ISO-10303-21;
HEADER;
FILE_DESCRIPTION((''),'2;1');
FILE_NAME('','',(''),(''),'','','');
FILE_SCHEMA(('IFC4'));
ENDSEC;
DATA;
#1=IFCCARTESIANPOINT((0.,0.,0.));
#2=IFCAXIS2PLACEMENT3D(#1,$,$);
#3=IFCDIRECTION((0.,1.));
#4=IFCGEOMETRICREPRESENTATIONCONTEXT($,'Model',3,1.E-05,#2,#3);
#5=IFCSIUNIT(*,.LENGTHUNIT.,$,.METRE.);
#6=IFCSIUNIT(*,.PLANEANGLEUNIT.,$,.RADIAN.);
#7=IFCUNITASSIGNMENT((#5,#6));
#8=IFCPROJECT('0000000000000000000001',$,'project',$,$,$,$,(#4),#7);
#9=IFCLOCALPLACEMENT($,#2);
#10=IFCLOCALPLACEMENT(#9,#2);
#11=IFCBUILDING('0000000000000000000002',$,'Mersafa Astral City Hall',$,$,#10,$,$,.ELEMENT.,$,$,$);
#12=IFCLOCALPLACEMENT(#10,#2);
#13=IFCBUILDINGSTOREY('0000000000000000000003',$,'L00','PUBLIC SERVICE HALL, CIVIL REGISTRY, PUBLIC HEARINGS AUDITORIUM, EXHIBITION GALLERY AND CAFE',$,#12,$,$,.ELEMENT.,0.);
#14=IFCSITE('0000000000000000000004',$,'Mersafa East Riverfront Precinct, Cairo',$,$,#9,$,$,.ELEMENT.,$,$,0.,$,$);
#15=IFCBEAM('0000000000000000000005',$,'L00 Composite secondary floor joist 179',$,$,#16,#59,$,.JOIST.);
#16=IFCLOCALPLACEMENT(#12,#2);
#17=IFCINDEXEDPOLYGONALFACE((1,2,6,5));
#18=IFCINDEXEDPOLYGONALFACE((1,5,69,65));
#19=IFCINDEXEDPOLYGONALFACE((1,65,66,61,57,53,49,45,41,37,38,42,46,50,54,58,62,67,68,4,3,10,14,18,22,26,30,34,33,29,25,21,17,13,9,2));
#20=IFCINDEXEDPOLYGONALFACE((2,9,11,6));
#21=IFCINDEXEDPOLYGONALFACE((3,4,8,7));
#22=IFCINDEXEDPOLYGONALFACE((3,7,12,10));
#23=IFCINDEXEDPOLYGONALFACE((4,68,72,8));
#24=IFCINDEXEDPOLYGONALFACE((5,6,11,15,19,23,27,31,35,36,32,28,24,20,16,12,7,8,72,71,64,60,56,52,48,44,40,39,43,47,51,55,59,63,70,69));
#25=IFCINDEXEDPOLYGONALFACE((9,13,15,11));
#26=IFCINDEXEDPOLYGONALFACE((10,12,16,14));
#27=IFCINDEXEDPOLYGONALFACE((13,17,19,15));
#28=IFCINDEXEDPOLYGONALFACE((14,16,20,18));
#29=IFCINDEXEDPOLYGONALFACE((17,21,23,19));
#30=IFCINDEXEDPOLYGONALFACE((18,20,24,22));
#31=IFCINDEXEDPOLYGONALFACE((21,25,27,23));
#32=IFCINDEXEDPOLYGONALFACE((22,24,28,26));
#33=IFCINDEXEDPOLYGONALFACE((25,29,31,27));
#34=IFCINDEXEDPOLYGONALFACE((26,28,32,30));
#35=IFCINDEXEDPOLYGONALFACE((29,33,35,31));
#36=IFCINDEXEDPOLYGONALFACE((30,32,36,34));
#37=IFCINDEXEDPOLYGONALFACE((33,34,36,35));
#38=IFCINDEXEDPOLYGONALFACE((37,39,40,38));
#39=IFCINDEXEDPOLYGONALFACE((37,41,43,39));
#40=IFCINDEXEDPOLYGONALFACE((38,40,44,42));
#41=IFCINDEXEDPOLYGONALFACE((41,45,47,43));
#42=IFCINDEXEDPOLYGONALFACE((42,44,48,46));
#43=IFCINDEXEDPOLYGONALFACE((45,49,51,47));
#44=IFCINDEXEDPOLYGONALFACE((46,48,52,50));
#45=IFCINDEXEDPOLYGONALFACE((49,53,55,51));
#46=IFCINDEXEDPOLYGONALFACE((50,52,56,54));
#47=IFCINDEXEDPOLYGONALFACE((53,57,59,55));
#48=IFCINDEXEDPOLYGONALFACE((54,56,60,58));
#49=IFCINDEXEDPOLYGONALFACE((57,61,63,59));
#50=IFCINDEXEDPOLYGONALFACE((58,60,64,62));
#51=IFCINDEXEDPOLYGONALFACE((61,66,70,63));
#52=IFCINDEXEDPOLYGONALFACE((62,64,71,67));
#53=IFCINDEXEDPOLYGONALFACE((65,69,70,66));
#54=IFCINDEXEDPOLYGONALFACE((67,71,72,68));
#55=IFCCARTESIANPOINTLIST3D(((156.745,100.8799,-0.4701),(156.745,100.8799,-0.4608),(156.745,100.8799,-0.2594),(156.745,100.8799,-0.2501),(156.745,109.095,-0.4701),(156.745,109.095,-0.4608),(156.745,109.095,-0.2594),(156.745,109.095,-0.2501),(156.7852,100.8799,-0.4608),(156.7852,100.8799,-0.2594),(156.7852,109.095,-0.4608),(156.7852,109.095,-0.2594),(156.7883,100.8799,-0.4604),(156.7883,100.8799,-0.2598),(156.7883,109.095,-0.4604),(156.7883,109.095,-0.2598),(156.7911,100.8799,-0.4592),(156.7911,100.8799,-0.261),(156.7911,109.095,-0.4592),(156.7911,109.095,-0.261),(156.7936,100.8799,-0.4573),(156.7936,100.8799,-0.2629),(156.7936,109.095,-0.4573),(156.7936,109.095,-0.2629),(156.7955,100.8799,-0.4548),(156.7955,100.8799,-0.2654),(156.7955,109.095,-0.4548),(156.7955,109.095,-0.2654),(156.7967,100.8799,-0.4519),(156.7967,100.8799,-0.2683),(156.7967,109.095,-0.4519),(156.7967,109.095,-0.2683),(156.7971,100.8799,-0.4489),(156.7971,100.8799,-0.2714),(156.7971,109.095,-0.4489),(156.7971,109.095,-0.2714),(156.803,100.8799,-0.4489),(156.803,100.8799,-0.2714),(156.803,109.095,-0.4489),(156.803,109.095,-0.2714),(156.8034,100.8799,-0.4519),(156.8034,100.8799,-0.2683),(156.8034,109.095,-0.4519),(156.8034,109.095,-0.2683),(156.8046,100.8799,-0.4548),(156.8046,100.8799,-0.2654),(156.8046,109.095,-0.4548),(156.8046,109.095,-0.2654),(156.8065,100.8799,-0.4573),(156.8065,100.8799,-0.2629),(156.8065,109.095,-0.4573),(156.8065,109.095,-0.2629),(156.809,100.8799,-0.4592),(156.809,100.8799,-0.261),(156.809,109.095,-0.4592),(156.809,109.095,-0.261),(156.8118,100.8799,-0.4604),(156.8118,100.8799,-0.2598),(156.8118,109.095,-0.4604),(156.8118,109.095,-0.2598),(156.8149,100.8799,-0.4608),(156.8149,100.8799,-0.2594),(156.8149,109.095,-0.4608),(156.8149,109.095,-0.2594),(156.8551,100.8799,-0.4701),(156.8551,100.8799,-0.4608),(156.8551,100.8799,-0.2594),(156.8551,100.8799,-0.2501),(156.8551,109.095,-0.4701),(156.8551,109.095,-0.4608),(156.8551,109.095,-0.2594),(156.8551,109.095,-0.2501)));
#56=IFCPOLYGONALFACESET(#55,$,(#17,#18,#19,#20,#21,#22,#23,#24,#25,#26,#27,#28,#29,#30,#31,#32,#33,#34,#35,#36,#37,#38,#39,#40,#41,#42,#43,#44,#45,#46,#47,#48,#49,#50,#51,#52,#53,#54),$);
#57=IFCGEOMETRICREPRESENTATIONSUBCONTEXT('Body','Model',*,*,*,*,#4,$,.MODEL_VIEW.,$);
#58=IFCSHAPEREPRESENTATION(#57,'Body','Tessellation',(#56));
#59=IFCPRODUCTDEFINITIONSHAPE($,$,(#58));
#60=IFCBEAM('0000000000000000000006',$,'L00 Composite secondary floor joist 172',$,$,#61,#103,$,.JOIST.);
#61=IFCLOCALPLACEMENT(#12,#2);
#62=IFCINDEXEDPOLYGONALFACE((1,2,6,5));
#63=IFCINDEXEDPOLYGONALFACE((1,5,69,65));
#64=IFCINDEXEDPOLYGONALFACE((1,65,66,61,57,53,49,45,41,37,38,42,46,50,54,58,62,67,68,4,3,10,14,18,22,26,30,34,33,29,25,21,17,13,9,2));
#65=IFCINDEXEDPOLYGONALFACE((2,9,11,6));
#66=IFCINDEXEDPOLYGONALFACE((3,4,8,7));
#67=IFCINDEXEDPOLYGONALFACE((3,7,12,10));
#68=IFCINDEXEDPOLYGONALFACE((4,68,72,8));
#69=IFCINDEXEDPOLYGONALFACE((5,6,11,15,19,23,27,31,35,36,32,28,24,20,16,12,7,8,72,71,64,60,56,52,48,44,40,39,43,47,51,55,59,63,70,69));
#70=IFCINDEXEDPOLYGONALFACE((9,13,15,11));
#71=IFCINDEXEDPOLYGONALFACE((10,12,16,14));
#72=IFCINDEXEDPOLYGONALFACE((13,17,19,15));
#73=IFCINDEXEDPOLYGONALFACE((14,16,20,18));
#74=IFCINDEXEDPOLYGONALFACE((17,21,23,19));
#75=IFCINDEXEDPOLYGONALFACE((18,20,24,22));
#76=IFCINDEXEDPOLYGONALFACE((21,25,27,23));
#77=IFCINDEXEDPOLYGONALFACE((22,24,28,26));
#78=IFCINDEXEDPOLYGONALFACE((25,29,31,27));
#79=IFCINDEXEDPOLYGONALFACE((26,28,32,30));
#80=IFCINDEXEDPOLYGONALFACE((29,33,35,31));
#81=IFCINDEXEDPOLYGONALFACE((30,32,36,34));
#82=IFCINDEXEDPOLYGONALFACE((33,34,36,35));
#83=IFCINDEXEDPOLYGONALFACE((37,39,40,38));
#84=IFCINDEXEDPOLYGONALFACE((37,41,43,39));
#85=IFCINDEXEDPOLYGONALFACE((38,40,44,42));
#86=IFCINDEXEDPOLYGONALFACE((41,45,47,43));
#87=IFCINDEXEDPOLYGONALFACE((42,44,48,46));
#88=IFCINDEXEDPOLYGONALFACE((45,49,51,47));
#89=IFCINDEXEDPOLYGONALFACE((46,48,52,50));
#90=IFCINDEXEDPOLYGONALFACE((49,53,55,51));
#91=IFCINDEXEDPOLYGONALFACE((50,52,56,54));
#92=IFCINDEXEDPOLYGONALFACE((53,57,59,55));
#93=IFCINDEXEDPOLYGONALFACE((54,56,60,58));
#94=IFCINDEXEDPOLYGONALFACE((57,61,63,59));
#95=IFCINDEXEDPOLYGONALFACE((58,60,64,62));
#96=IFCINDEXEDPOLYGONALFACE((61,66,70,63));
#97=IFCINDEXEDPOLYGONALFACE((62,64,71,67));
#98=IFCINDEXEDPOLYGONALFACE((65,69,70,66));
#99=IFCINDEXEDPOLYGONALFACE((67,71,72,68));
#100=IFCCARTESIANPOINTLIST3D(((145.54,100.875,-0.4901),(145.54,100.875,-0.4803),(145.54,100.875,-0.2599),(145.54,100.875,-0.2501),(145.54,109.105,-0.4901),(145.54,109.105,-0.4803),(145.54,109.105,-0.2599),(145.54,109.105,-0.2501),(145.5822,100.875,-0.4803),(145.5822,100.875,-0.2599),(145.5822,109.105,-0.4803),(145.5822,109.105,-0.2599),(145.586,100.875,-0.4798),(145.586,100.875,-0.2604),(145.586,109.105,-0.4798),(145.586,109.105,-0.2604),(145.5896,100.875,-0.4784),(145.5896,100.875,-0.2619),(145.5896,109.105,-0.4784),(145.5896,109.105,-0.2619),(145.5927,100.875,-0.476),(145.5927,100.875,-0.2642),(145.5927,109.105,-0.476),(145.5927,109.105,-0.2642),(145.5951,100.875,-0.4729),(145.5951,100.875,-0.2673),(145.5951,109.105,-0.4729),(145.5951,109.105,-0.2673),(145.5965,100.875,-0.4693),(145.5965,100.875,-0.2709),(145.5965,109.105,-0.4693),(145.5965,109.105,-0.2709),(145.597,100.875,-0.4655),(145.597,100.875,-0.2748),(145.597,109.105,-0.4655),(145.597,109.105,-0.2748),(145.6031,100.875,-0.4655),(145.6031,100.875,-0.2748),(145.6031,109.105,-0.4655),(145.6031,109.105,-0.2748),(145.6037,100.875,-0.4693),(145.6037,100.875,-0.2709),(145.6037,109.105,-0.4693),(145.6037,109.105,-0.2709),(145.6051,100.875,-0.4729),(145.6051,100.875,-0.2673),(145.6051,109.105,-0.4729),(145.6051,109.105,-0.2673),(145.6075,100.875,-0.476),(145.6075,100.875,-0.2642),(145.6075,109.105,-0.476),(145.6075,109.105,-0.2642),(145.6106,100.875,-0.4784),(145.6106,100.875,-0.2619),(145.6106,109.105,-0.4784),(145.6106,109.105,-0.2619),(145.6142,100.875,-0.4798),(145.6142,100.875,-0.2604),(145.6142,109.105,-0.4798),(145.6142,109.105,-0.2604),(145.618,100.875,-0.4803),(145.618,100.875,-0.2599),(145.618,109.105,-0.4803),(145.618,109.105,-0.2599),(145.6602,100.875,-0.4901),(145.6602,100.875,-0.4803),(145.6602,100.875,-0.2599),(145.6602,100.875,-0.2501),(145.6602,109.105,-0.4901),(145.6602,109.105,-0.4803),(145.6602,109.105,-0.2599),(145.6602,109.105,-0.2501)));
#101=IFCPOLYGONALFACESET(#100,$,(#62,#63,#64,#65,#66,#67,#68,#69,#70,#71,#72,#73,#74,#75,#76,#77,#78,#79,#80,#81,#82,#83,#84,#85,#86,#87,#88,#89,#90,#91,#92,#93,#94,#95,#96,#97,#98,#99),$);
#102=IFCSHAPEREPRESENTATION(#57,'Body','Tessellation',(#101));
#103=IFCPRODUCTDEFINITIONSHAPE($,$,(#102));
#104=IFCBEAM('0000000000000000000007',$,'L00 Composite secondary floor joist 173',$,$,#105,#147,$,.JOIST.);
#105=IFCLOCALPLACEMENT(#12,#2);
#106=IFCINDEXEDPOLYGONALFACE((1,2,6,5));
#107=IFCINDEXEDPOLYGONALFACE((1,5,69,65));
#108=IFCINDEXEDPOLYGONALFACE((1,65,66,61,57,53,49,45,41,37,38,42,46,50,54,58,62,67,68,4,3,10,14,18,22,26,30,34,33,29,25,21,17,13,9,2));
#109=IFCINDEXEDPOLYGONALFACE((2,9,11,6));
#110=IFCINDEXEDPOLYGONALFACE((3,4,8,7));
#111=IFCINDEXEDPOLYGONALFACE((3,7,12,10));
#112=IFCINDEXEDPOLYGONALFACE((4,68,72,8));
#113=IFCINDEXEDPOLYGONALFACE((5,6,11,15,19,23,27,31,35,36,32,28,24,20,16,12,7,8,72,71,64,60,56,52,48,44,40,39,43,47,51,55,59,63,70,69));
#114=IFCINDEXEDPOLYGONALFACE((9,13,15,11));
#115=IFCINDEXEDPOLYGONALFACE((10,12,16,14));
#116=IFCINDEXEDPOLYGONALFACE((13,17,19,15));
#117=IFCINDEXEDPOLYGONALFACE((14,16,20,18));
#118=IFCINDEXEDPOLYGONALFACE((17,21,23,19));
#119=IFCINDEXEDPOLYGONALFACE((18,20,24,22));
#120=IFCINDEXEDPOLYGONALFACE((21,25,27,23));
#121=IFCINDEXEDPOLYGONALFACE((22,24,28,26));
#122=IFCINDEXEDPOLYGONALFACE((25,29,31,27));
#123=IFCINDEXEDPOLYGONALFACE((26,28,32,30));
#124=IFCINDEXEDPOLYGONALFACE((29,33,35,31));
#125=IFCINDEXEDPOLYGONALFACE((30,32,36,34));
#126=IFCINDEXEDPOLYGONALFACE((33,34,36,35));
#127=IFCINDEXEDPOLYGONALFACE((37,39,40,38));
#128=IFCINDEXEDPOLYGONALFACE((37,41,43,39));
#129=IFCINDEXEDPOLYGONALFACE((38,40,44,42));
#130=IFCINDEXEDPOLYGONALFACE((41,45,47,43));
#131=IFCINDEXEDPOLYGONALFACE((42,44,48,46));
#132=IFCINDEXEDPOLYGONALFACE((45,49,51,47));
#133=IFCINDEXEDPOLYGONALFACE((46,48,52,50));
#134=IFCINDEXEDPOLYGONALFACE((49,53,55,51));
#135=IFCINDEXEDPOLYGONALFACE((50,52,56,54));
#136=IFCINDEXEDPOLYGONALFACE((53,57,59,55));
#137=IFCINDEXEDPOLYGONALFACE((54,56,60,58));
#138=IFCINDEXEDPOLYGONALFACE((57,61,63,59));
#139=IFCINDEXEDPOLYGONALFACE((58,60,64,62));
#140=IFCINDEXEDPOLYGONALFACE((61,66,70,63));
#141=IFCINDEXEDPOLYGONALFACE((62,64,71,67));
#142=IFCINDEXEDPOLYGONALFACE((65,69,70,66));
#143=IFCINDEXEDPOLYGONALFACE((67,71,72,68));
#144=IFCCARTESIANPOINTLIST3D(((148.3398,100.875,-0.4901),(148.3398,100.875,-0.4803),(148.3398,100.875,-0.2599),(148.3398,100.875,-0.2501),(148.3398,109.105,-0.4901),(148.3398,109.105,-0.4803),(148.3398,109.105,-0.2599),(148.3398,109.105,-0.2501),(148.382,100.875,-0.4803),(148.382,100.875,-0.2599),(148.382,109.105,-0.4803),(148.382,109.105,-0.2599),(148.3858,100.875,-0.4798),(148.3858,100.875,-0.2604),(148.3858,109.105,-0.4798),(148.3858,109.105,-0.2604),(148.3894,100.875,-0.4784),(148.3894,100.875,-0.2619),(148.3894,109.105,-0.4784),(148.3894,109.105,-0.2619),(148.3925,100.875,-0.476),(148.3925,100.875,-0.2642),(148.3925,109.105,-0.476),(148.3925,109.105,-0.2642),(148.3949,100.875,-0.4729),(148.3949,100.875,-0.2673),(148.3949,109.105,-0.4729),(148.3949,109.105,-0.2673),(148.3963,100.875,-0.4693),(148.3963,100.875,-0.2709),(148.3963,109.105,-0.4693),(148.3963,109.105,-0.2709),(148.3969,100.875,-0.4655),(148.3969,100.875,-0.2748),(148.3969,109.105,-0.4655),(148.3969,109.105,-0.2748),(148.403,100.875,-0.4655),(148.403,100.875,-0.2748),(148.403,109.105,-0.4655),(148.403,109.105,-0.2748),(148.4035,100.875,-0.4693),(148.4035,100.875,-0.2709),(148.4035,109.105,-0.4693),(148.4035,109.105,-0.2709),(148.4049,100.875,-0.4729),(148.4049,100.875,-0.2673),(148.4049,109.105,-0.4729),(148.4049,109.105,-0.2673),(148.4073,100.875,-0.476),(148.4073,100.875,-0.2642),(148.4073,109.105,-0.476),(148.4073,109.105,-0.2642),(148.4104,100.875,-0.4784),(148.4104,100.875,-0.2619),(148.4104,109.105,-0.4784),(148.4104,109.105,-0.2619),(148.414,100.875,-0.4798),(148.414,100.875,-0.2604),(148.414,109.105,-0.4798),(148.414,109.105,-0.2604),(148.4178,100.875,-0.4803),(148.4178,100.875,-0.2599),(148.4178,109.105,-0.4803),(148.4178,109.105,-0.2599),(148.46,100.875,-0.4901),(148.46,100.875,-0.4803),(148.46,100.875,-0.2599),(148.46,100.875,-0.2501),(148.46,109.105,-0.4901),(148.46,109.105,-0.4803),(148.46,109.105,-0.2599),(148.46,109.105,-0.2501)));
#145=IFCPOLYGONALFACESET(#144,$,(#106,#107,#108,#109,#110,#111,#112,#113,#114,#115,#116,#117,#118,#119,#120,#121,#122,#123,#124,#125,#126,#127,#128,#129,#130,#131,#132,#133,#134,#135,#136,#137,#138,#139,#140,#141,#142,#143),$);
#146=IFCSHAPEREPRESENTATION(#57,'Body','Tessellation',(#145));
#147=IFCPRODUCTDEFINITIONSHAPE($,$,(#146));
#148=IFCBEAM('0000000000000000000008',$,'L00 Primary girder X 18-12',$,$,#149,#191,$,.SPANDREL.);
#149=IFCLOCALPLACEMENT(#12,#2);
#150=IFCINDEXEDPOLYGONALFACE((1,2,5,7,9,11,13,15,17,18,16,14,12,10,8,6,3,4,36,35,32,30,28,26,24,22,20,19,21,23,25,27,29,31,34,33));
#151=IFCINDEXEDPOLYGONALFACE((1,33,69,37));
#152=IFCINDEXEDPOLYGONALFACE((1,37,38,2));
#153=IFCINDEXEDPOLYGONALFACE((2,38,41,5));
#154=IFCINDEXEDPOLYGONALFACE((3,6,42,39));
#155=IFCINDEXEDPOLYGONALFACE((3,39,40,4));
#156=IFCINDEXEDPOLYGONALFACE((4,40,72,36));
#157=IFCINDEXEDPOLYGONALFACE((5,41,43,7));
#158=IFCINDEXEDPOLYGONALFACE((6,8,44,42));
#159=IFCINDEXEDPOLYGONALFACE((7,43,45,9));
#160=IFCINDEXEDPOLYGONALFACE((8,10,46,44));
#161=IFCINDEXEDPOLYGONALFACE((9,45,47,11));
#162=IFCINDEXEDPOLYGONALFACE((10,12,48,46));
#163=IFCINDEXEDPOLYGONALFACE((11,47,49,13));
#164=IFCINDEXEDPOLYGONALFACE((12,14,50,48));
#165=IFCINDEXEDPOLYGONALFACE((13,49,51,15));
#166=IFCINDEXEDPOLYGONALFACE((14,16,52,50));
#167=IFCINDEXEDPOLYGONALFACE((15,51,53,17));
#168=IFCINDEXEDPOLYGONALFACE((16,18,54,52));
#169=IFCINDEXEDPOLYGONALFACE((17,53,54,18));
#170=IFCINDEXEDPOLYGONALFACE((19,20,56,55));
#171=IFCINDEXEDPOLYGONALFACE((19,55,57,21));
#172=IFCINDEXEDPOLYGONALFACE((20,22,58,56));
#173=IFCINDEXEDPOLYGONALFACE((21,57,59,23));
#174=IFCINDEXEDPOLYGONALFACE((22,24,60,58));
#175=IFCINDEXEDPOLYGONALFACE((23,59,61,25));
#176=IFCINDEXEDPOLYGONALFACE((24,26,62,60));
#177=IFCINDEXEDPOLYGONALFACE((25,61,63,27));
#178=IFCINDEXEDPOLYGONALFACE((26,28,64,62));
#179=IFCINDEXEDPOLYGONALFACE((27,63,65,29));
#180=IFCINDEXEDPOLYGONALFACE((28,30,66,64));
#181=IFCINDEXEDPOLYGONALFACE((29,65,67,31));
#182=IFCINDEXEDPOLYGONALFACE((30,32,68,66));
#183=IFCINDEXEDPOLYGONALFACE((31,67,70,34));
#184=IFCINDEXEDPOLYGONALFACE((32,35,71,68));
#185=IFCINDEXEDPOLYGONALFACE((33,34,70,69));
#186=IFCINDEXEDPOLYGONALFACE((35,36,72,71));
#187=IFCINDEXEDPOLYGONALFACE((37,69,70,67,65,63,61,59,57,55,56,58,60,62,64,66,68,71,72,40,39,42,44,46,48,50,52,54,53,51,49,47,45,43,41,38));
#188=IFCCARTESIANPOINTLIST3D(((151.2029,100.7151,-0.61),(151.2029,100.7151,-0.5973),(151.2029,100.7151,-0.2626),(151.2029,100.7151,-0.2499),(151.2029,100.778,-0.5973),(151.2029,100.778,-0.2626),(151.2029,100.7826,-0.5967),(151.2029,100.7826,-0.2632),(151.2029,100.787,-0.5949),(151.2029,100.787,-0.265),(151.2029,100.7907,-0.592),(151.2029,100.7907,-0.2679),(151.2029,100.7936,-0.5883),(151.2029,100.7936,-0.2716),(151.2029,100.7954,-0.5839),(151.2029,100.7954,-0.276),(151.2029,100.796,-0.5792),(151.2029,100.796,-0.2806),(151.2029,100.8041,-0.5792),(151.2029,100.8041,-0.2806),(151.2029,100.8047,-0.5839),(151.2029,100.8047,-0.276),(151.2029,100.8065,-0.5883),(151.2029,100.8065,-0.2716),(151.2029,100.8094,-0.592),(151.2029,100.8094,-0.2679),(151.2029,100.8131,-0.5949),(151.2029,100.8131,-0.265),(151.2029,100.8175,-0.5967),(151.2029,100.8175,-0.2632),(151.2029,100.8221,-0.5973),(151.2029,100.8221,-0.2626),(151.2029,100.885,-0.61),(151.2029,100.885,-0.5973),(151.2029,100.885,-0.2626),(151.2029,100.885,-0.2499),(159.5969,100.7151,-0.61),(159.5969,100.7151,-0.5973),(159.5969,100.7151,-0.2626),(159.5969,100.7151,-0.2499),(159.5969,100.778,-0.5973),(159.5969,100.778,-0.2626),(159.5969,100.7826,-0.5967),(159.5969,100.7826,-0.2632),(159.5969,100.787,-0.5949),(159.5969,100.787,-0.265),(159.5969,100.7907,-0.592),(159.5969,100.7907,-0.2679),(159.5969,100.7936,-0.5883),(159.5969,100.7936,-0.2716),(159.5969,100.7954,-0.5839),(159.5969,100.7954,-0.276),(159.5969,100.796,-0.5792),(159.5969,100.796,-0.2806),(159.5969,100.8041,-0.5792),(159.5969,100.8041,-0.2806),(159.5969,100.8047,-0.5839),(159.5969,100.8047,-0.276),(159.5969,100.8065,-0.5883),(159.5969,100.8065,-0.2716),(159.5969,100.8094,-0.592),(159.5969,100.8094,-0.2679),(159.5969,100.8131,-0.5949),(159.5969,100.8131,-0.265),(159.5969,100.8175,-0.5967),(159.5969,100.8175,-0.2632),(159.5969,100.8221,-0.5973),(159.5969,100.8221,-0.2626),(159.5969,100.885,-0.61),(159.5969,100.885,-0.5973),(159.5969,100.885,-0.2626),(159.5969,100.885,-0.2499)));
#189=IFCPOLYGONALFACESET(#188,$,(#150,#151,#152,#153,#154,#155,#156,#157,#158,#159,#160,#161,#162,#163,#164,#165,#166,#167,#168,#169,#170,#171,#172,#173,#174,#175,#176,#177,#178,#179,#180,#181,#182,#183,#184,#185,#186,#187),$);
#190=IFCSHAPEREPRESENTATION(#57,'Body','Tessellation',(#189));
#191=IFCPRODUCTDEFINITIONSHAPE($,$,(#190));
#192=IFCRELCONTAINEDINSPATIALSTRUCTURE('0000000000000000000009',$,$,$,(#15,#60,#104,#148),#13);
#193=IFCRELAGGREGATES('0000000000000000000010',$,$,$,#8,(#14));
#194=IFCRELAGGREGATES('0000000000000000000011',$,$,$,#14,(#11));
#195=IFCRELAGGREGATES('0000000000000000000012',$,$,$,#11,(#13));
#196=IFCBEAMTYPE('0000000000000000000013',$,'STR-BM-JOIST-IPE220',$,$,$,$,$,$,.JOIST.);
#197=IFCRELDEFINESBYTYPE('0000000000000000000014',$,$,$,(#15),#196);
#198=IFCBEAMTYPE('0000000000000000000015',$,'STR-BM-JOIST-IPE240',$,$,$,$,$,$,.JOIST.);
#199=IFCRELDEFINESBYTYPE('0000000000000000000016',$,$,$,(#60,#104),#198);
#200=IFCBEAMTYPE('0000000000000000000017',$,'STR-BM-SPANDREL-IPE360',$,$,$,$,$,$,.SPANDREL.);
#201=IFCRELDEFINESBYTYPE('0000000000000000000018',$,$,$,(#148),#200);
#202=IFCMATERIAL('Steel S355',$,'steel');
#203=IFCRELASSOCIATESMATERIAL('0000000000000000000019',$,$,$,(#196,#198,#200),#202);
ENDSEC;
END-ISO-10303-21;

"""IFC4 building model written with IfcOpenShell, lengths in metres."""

from ifc_helpers import new_model, si_unit, direction, frame, origin, origin_2d, place, context, subcontext, project, spatial, i_section, extrude, material, material_profile, profile_set, type_object, element, save


model = new_model("IFC4")

# Units and contexts
model_context = context("Model", 3, precision=1e-05, world=origin(), true_north=direction((0.0, 1.0)))
body_context = subcontext(model_context, "Body", "Model", "MODEL_VIEW")
ifc_project = project(units=[si_unit("LENGTHUNIT", "METRE"), si_unit("PLANEANGLEUNIT", "RADIAN")], contexts=[model_context])

# Site, building, storey
site_placement = place(None, origin())
site = spatial("IfcSite", under=ifc_project, at=site_placement, Name="Mersafa East Riverfront Precinct, Cairo", CompositionType="ELEMENT", RefElevation=0.0)
building_placement = place(site_placement, origin())
building = spatial("IfcBuilding", under=site, at=building_placement, Name="Mersafa Astral City Hall", CompositionType="ELEMENT")
storey_placement = place(building_placement, origin())
storey = spatial("IfcBuildingStorey", under=building, at=storey_placement, Name="L00", Description="PUBLIC SERVICE HALL, CIVIL REGISTRY, PUBLIC HEARINGS AUDITORIUM, EXHIBITION GALLERY AND CAFE", CompositionType="ELEMENT", Elevation=0.0)

# Shared definitions
ifc_material_1 = material(Name="Steel S355", Category="steel")

# Beams
ifc_material_profile_1 = material_profile(ifc_material_1, i_section(OverallWidth=0.1101, OverallDepth=0.22, WebThickness=0.0059, FlangeThickness=0.0093, FilletRadius=0.012, at=origin_2d()), Name="IPE 220")
ifc_profile_set_1 = profile_set([ifc_material_profile_1], Name="Steel S355")
beam_type_1 = type_object("IfcBeamType", Name="STR-BM-JOIST-IPE220", PredefinedType="JOIST", material=ifc_profile_set_1)
for number, where, z_axis, x_axis, name in (
    (1, (156.8, 100.8799, -0.3601), (0.0, 1.0, 0.0), (-1.0, 0.0, 0.0), "L00 Composite secondary floor joist 179"),
):
    element("IfcBeam", number, at=place(storey_placement, frame(where, z_axis=z_axis, x_axis=x_axis)), inside=storey, type_object=beam_type_1, Name=name, PredefinedType="JOIST", context=body_context, shape_type="SweptSolid", body=[
        extrude(i_section(OverallWidth=0.1101, OverallDepth=0.22, WebThickness=0.0059, FlangeThickness=0.0093, FilletRadius=0.012, at=origin_2d()), origin(), (0.0, 0.0, 1.0), 8.2151),
    ])
ifc_material_profile_2 = material_profile(ifc_material_1, i_section(OverallWidth=0.1201, OverallDepth=0.24, WebThickness=0.0061, FlangeThickness=0.0098, FilletRadius=0.0149, at=origin_2d()), Name="IPE 240")
ifc_profile_set_2 = profile_set([ifc_material_profile_2], Name="Steel S355")
beam_type_2 = type_object("IfcBeamType", Name="STR-BM-JOIST-IPE240", PredefinedType="JOIST", material=ifc_profile_set_2)
for number, where, z_axis, x_axis, name in (
    (2, (145.6001, 100.875, -0.3701), (0.0, 1.0, 0.0), (-1.0, 0.0, 0.0), "L00 Composite secondary floor joist 172"),
    (3, (148.3999, 100.875, -0.3701), (0.0, 1.0, 0.0), (-1.0, 0.0, 0.0), "L00 Composite secondary floor joist 173"),
):
    element("IfcBeam", number, at=place(storey_placement, frame(where, z_axis=z_axis, x_axis=x_axis)), inside=storey, type_object=beam_type_2, Name=name, PredefinedType="JOIST", context=body_context, shape_type="SweptSolid", body=[
        extrude(i_section(OverallWidth=0.1201, OverallDepth=0.24, WebThickness=0.0061, FlangeThickness=0.0098, FilletRadius=0.0149, at=origin_2d()), origin(), (0.0, 0.0, 1.0), 8.23),
    ])
ifc_material_profile_3 = material_profile(ifc_material_1, i_section(OverallWidth=0.1699, OverallDepth=0.3601, WebThickness=0.0081, FlangeThickness=0.0127, FilletRadius=0.0181, at=origin_2d()), Name="IPE 360")
ifc_profile_set_3 = profile_set([ifc_material_profile_3], Name="Steel S355")
beam_type_3 = type_object("IfcBeamType", Name="STR-BM-SPANDREL-IPE360", PredefinedType="SPANDREL", material=ifc_profile_set_3)
beam_placement = place(storey_placement, frame((151.2029, 100.8, -0.4299), z_axis=(1.0, 0.0, 0.0), x_axis=(0.0, 1.0, 0.0)))
element("IfcBeam", 4, at=beam_placement, inside=storey, type_object=beam_type_3, Name="L00 Primary girder X 18-12", PredefinedType="SPANDREL", context=body_context, shape_type="SweptSolid", body=[
    extrude(i_section(OverallWidth=0.1699, OverallDepth=0.3601, WebThickness=0.0081, FlangeThickness=0.0127, FilletRadius=0.0181, at=origin_2d()), origin(), (0.0, 0.0, 1.0), 8.394),
])

save(model, "model.ifc")
